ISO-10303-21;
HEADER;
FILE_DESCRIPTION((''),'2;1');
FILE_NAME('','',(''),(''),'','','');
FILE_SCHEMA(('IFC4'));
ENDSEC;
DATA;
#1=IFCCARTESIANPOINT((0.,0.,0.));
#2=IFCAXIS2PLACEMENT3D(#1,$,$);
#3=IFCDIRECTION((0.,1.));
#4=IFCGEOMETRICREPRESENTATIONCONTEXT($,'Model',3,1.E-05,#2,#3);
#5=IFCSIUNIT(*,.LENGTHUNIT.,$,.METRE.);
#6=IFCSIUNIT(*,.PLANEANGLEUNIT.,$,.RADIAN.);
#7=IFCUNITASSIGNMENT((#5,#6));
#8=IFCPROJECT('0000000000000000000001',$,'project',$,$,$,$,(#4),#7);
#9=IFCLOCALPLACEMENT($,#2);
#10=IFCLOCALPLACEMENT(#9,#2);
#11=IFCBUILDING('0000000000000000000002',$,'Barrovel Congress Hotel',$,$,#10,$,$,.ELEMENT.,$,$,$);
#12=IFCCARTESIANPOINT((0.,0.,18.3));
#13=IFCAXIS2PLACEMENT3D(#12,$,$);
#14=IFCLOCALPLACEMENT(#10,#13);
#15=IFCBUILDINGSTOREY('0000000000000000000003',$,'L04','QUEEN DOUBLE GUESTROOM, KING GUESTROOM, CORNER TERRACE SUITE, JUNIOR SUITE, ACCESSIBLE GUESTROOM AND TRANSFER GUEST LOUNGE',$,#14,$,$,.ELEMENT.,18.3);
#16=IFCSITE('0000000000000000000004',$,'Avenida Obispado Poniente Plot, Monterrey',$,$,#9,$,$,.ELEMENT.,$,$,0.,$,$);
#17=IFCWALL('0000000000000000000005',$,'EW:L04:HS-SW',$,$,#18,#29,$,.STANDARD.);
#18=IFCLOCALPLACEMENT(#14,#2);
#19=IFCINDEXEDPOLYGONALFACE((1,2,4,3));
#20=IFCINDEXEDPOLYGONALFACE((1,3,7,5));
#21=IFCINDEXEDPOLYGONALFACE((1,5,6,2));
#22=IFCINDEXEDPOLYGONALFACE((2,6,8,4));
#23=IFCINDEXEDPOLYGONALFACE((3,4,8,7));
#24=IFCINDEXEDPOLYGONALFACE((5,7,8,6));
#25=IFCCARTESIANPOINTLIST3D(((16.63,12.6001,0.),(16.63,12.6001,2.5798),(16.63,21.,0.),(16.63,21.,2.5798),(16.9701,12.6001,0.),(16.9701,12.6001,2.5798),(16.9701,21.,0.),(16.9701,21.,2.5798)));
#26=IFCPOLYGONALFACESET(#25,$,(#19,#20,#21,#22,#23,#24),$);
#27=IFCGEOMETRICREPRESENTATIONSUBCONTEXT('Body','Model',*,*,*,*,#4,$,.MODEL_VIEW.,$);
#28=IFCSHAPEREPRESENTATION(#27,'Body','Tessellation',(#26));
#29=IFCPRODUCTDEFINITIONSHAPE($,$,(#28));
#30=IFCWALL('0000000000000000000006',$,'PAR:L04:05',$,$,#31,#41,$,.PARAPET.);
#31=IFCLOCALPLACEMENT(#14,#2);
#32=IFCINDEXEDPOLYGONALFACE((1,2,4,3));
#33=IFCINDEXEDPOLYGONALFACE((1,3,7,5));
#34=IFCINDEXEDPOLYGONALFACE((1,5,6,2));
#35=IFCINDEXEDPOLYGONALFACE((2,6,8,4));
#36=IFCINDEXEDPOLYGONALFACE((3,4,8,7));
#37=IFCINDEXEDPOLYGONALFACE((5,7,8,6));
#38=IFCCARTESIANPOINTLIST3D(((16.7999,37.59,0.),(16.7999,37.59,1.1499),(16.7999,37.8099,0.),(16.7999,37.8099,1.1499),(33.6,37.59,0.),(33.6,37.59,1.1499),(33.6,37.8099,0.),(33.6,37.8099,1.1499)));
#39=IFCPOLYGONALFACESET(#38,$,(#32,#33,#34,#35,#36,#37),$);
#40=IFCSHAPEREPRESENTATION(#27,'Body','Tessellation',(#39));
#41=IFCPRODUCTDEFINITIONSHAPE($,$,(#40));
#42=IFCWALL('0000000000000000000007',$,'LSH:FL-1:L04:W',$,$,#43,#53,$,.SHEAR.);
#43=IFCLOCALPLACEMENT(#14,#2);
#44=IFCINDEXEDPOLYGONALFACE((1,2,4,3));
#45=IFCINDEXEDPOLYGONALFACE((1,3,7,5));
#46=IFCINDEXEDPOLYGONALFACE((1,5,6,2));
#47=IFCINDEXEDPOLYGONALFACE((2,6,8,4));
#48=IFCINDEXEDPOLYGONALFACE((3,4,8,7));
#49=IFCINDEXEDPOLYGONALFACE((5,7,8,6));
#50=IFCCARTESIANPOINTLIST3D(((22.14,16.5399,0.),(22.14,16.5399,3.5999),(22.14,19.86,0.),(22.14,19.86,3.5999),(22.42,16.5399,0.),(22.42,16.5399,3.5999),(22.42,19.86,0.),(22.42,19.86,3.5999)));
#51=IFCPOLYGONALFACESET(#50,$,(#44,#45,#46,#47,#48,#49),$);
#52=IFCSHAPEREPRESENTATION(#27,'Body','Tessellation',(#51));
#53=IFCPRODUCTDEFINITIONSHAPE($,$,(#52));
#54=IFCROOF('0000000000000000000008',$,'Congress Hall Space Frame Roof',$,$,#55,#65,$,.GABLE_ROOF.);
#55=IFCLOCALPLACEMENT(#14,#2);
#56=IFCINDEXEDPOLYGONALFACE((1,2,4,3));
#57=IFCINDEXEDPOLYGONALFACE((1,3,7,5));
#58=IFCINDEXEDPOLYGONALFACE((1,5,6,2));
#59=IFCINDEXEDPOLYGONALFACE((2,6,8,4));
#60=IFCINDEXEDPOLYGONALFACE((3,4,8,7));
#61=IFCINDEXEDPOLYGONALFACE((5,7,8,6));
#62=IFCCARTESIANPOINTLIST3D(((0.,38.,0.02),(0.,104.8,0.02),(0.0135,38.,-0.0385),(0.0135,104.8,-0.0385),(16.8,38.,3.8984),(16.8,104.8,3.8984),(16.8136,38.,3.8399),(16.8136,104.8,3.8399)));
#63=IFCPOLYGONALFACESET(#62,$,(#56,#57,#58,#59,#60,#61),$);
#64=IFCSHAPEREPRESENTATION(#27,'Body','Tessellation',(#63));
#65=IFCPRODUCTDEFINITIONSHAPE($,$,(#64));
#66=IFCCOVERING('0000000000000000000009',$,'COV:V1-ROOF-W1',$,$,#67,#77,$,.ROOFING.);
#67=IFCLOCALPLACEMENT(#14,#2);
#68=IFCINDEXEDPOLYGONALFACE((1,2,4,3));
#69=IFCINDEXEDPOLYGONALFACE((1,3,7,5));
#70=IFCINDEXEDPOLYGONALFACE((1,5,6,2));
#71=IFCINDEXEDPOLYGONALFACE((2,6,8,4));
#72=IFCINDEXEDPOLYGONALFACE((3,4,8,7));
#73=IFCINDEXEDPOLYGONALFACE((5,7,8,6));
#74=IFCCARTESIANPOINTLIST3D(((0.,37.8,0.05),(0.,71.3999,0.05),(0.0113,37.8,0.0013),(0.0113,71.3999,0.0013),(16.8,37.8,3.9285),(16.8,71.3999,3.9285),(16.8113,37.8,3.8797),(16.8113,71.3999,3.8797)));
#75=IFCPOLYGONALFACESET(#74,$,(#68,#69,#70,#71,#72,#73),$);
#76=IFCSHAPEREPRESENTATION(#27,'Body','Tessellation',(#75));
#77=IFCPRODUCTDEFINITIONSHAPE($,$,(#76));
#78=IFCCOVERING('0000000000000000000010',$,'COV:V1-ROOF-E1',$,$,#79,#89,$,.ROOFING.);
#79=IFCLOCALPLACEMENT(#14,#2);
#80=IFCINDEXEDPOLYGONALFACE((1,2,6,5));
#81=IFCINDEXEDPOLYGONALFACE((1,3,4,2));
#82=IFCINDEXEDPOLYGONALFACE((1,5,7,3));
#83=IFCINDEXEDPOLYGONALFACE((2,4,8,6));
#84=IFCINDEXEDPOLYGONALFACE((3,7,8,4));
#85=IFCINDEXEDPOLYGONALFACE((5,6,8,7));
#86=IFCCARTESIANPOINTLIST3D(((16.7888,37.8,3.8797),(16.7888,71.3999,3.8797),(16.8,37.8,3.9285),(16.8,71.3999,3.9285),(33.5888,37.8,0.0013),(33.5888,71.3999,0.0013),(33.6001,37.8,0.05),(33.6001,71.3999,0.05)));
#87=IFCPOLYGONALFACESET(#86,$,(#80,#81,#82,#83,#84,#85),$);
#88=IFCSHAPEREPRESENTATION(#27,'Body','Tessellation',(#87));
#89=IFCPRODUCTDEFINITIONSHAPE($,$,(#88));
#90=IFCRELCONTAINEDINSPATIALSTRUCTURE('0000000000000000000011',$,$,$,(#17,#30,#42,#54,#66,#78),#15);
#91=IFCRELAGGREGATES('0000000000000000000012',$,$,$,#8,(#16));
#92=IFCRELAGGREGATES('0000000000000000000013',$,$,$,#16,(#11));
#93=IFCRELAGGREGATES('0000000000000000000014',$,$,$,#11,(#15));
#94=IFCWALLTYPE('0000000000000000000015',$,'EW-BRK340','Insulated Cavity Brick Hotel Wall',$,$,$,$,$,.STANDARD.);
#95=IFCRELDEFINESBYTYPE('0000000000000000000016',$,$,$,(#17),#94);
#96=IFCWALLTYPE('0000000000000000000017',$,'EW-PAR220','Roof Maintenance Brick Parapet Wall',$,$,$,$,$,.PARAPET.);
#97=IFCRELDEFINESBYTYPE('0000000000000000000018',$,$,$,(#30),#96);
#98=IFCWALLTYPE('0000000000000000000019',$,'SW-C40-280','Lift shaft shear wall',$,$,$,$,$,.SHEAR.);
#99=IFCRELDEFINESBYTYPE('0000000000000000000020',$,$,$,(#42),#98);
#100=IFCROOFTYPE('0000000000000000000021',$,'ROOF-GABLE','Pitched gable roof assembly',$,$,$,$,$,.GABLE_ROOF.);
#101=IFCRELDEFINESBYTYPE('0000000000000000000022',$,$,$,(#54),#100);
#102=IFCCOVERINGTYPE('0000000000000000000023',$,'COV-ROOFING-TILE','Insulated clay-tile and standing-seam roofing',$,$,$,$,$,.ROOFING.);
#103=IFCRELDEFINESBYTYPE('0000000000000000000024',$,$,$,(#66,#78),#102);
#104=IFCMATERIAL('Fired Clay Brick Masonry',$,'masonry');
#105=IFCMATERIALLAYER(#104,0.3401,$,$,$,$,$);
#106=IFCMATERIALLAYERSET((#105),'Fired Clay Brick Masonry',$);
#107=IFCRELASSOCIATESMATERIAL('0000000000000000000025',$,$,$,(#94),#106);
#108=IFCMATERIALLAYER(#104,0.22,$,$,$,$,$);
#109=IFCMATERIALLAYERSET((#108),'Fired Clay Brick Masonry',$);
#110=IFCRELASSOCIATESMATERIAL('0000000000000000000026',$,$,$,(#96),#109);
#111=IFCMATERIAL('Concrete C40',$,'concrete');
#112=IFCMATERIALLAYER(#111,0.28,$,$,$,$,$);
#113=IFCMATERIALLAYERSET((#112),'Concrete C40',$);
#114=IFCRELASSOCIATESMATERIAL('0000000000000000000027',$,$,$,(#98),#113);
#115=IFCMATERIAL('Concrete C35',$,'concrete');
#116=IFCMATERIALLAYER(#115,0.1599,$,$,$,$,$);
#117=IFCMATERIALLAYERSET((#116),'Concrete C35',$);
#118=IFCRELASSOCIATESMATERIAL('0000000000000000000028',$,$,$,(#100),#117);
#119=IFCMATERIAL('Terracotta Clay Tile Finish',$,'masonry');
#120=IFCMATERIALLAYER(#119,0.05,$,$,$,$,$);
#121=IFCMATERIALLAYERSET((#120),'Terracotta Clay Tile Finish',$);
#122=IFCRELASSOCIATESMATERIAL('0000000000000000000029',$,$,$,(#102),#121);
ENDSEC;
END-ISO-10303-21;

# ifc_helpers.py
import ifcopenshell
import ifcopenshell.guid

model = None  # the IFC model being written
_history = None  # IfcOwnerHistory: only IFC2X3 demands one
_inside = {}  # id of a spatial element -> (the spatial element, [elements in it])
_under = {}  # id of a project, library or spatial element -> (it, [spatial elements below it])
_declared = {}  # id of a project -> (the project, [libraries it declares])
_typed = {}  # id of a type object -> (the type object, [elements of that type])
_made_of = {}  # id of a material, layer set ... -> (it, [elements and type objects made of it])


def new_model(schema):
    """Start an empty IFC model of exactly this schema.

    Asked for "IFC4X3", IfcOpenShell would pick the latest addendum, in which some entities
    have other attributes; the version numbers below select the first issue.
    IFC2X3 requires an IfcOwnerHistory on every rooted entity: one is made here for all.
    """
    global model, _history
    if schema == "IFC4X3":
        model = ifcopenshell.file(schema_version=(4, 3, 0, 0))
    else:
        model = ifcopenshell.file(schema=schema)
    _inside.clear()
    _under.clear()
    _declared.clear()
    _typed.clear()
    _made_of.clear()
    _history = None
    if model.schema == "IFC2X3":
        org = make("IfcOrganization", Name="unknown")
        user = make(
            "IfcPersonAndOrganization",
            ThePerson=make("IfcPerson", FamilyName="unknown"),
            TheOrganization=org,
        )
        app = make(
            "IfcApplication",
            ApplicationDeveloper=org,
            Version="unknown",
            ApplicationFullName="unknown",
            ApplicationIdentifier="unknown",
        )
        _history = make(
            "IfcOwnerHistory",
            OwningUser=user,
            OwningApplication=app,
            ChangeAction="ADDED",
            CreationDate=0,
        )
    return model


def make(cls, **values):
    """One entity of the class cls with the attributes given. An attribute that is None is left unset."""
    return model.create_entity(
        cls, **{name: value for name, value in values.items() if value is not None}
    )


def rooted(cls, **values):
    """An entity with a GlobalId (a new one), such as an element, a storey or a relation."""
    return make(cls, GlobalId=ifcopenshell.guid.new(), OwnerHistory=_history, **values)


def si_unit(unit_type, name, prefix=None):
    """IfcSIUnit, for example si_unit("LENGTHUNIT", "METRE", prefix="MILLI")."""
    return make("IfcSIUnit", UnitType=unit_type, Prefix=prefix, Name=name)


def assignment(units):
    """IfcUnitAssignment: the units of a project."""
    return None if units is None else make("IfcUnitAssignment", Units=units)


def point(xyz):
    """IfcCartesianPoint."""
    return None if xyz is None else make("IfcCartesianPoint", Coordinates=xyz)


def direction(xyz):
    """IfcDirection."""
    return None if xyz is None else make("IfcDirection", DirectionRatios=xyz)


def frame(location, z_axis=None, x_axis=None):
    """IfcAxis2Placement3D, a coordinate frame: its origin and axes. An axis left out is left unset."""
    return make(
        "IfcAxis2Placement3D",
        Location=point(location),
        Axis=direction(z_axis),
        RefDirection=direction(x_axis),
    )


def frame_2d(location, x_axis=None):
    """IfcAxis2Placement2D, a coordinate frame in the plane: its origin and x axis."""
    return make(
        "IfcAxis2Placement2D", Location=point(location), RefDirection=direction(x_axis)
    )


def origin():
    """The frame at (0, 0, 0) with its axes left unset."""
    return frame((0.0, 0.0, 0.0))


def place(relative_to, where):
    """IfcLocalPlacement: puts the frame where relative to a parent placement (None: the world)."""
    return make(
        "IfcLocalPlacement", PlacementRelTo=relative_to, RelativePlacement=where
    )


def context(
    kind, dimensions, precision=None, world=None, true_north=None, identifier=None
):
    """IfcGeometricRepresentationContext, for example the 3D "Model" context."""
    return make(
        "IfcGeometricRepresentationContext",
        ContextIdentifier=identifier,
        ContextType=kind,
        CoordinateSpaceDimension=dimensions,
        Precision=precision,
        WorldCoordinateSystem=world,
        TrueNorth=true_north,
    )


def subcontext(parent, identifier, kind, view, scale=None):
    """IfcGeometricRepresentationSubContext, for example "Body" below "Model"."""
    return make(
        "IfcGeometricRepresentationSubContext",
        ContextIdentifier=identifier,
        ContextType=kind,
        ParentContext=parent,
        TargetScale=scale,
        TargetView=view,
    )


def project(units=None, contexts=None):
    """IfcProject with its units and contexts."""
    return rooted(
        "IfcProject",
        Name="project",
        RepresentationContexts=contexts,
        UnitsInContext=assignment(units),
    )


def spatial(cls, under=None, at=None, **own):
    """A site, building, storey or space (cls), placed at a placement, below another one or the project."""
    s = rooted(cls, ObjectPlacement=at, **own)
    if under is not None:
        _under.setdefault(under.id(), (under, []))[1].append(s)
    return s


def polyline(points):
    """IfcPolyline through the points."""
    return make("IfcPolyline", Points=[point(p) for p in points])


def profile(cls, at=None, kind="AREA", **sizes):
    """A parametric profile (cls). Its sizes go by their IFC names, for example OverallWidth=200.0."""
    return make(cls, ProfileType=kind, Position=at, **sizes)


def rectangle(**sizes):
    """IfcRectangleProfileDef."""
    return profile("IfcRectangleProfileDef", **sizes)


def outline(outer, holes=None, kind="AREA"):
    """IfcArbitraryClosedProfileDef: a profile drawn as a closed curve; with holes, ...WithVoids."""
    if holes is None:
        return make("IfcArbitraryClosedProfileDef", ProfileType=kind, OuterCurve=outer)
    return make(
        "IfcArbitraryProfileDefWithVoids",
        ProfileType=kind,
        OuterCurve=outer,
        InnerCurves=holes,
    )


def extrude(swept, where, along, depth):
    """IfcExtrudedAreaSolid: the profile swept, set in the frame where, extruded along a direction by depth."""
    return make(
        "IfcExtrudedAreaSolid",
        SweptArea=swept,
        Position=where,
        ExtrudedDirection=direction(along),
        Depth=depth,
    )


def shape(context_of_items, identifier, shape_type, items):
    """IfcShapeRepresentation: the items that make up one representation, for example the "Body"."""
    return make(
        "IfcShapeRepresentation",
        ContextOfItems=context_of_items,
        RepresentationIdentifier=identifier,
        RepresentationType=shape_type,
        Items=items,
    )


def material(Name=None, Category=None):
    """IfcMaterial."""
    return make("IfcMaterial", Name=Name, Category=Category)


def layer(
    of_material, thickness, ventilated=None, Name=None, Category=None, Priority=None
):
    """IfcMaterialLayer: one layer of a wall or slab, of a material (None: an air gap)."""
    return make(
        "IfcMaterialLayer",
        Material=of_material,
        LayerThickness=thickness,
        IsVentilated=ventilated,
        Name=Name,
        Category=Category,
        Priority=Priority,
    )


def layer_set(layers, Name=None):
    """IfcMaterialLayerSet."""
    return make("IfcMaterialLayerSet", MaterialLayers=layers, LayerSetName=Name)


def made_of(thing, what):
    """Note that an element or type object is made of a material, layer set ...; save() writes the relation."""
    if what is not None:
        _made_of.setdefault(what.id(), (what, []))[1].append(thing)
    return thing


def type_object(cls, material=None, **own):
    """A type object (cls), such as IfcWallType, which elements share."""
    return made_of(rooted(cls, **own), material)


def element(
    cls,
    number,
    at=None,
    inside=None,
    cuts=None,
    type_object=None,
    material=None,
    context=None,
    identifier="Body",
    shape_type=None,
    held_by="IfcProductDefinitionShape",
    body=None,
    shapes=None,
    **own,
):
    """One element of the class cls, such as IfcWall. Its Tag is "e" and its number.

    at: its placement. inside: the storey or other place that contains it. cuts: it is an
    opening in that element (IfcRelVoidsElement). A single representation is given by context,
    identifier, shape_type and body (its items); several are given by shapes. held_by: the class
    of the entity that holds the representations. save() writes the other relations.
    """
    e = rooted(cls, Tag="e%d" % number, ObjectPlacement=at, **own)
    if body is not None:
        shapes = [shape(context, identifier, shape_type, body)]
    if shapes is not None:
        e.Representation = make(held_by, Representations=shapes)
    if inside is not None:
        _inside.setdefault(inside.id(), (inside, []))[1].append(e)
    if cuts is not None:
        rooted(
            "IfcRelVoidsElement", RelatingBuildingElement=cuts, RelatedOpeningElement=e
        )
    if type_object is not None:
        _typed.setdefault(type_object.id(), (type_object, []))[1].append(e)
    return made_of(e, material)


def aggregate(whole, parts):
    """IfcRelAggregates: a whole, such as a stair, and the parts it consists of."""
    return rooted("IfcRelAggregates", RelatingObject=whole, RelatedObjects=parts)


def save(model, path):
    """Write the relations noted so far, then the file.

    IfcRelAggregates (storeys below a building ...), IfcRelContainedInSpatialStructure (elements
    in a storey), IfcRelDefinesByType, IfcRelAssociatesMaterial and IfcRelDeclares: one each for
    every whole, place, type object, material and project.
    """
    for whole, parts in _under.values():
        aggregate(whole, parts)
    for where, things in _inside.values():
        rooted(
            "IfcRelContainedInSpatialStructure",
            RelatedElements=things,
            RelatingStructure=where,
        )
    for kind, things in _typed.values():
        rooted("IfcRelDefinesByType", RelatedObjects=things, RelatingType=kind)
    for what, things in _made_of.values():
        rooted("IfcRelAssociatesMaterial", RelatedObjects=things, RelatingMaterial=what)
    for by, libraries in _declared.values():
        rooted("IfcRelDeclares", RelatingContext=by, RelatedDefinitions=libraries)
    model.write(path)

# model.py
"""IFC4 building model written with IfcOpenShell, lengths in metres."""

from ifc_helpers import new_model, si_unit, direction, frame, frame_2d, origin, place, context, subcontext, project, spatial, polyline, rectangle, outline, extrude, material, layer, layer_set, type_object, element, save


model = new_model("IFC4")

# Units and contexts
model_context = context("Model", 3, precision=1e-05, world=origin(), true_north=direction((0.0, 1.0)))
body_context = subcontext(model_context, "Body", "Model", "MODEL_VIEW")
ifc_project = project(units=[si_unit("LENGTHUNIT", "METRE"), si_unit("PLANEANGLEUNIT", "RADIAN")], contexts=[model_context])

# Site, building, storey
site_placement = place(None, origin())
site = spatial("IfcSite", under=ifc_project, at=site_placement, Name="Avenida Obispado Poniente Plot, Monterrey", CompositionType="ELEMENT", RefElevation=0.0)
building_placement = place(site_placement, origin())
building = spatial("IfcBuilding", under=site, at=building_placement, Name="Barrovel Congress Hotel", CompositionType="ELEMENT")
storey_placement = place(building_placement, frame((0.0, 0.0, 18.3)))
storey = spatial("IfcBuildingStorey", under=building, at=storey_placement, Name="L04", Description="QUEEN DOUBLE GUESTROOM, KING GUESTROOM, CORNER TERRACE SUITE, JUNIOR SUITE, ACCESSIBLE GUESTROOM AND TRANSFER GUEST LOUNGE", CompositionType="ELEMENT", Elevation=18.3)

# Shared definitions
ifc_material_1 = material(Name="Concrete C40", Category="concrete")

# Shared definitions
ifc_material_2 = material(Name="Concrete C35", Category="concrete")

# Walls
ifc_material_3 = material(Name="Fired Clay Brick Masonry", Category="masonry")
ifc_layer_1 = layer(ifc_material_3, 0.3401)
ifc_layer_set_1 = layer_set([ifc_layer_1], Name="Fired Clay Brick Masonry")
wall_type_1 = type_object("IfcWallType", Name="EW-BRK340", Description="Insulated Cavity Brick Hotel Wall", PredefinedType="STANDARD", material=ifc_layer_set_1)
wall_1_placement = place(storey_placement, frame((16.8, 21.0, 0.0), z_axis=(0.0, 0.0, 1.0), x_axis=(0.0, -1.0, 0.0)))
element("IfcWall", 1, at=wall_1_placement, inside=storey, type_object=wall_type_1, Name="EW:L04:HS-SW", PredefinedType="STANDARD", context=body_context, shape_type="SweptSolid", body=[
    extrude(rectangle(XDim=8.3999, YDim=0.3401, at=frame_2d((4.2, 0.0))), origin(), (0.0, 0.0, 1.0), 2.5798),
])
ifc_layer_2 = layer(ifc_material_3, 0.22)
ifc_layer_set_2 = layer_set([ifc_layer_2], Name="Fired Clay Brick Masonry")
wall_type_2 = type_object("IfcWallType", Name="EW-PAR220", Description="Roof Maintenance Brick Parapet Wall", PredefinedType="PARAPET", material=ifc_layer_set_2)
wall_2_placement = place(storey_placement, frame((16.8, 37.7, 0.0), z_axis=(0.0, 0.0, 1.0), x_axis=(1.0, 0.0, 0.0)))
element("IfcWall", 2, at=wall_2_placement, inside=storey, type_object=wall_type_2, Name="PAR:L04:05", PredefinedType="PARAPET", context=body_context, shape_type="SweptSolid", body=[
    extrude(rectangle(XDim=16.8, YDim=0.22, at=frame_2d((8.3999, 0.0))), origin(), (0.0, 0.0, 1.0), 1.1499),
])
ifc_layer_3 = layer(ifc_material_1, 0.28)
ifc_layer_set_3 = layer_set([ifc_layer_3], Name="Concrete C40")
wall_type_3 = type_object("IfcWallType", Name="SW-C40-280", Description="Lift shaft shear wall", PredefinedType="SHEAR", material=ifc_layer_set_3)
wall_3_placement = place(storey_placement, frame((22.28, 19.8601, 0.0), z_axis=(0.0, 0.0, 1.0), x_axis=(0.0, -1.0, 0.0)))
element("IfcWall", 3, at=wall_3_placement, inside=storey, type_object=wall_type_3, Name="LSH:FL-1:L04:W", PredefinedType="SHEAR", context=body_context, shape_type="SweptSolid", body=[
    extrude(rectangle(XDim=3.3201, YDim=0.28, at=frame_2d((1.6602, 0.0))), origin(), (0.0, 0.0, 1.0), 3.5999),
])

# Roof
ifc_layer_4 = layer(ifc_material_2, 0.1599)
ifc_layer_set_4 = layer_set([ifc_layer_4], Name="Concrete C35")
roof_type = type_object("IfcRoofType", Name="ROOF-GABLE", Description="Pitched gable roof assembly", PredefinedType="GABLE_ROOF", material=ifc_layer_set_4)
roof_placement = place(storey_placement, frame((0.0, 38.0, 0.02), z_axis=(-0.224941, 0.0, 0.974372), x_axis=(0.974372, 0.0, 0.224941)))
element("IfcRoof", 4, at=roof_placement, inside=storey, type_object=roof_type, Name="Congress Hall Space Frame Roof", PredefinedType="GABLE_ROOF", context=body_context, shape_type="SweptSolid", body=[
    extrude(outline(polyline([(0.0, 0.0), (17.2419, 0.0), (17.2419, 66.8), (0.0, 66.8), (0.0, 0.0)])), origin(), (0.0, 0.0, -1.0), 0.0601),
])

# Coverings
ifc_material_4 = material(Name="Terracotta Clay Tile Finish", Category="masonry")
ifc_layer_5 = layer(ifc_material_4, 0.05)
ifc_layer_set_5 = layer_set([ifc_layer_5], Name="Terracotta Clay Tile Finish")
covering_type = type_object("IfcCoveringType", Name="COV-ROOFING-TILE", Description="Insulated clay-tile and standing-seam roofing", PredefinedType="ROOFING", material=ifc_layer_set_5)
for number, where, z_axis, x_axis, name in (
    (5, (0.0, 37.8, 0.05), (-0.224941, 0.0, 0.974372), (0.974372, 0.0, 0.224941), "COV:V1-ROOF-W1"),
    (6, (16.8, 37.8, 3.9285), (0.224941, 0.0, 0.974372), (0.974372, 0.0, -0.224941), "COV:V1-ROOF-E1"),
):
    element("IfcCovering", number, at=place(storey_placement, frame(where, z_axis=z_axis, x_axis=x_axis)), inside=storey, type_object=covering_type, Name=name, PredefinedType="ROOFING", context=body_context, shape_type="SweptSolid", body=[
        extrude(outline(polyline([(0.0, 0.0), (17.2419, 0.0), (17.2419, 33.5999), (0.0, 33.5999), (0.0, 0.0)])), origin(), (0.0, 0.0, -1.0), 0.05),
    ])

save(model, "model.ifc")
